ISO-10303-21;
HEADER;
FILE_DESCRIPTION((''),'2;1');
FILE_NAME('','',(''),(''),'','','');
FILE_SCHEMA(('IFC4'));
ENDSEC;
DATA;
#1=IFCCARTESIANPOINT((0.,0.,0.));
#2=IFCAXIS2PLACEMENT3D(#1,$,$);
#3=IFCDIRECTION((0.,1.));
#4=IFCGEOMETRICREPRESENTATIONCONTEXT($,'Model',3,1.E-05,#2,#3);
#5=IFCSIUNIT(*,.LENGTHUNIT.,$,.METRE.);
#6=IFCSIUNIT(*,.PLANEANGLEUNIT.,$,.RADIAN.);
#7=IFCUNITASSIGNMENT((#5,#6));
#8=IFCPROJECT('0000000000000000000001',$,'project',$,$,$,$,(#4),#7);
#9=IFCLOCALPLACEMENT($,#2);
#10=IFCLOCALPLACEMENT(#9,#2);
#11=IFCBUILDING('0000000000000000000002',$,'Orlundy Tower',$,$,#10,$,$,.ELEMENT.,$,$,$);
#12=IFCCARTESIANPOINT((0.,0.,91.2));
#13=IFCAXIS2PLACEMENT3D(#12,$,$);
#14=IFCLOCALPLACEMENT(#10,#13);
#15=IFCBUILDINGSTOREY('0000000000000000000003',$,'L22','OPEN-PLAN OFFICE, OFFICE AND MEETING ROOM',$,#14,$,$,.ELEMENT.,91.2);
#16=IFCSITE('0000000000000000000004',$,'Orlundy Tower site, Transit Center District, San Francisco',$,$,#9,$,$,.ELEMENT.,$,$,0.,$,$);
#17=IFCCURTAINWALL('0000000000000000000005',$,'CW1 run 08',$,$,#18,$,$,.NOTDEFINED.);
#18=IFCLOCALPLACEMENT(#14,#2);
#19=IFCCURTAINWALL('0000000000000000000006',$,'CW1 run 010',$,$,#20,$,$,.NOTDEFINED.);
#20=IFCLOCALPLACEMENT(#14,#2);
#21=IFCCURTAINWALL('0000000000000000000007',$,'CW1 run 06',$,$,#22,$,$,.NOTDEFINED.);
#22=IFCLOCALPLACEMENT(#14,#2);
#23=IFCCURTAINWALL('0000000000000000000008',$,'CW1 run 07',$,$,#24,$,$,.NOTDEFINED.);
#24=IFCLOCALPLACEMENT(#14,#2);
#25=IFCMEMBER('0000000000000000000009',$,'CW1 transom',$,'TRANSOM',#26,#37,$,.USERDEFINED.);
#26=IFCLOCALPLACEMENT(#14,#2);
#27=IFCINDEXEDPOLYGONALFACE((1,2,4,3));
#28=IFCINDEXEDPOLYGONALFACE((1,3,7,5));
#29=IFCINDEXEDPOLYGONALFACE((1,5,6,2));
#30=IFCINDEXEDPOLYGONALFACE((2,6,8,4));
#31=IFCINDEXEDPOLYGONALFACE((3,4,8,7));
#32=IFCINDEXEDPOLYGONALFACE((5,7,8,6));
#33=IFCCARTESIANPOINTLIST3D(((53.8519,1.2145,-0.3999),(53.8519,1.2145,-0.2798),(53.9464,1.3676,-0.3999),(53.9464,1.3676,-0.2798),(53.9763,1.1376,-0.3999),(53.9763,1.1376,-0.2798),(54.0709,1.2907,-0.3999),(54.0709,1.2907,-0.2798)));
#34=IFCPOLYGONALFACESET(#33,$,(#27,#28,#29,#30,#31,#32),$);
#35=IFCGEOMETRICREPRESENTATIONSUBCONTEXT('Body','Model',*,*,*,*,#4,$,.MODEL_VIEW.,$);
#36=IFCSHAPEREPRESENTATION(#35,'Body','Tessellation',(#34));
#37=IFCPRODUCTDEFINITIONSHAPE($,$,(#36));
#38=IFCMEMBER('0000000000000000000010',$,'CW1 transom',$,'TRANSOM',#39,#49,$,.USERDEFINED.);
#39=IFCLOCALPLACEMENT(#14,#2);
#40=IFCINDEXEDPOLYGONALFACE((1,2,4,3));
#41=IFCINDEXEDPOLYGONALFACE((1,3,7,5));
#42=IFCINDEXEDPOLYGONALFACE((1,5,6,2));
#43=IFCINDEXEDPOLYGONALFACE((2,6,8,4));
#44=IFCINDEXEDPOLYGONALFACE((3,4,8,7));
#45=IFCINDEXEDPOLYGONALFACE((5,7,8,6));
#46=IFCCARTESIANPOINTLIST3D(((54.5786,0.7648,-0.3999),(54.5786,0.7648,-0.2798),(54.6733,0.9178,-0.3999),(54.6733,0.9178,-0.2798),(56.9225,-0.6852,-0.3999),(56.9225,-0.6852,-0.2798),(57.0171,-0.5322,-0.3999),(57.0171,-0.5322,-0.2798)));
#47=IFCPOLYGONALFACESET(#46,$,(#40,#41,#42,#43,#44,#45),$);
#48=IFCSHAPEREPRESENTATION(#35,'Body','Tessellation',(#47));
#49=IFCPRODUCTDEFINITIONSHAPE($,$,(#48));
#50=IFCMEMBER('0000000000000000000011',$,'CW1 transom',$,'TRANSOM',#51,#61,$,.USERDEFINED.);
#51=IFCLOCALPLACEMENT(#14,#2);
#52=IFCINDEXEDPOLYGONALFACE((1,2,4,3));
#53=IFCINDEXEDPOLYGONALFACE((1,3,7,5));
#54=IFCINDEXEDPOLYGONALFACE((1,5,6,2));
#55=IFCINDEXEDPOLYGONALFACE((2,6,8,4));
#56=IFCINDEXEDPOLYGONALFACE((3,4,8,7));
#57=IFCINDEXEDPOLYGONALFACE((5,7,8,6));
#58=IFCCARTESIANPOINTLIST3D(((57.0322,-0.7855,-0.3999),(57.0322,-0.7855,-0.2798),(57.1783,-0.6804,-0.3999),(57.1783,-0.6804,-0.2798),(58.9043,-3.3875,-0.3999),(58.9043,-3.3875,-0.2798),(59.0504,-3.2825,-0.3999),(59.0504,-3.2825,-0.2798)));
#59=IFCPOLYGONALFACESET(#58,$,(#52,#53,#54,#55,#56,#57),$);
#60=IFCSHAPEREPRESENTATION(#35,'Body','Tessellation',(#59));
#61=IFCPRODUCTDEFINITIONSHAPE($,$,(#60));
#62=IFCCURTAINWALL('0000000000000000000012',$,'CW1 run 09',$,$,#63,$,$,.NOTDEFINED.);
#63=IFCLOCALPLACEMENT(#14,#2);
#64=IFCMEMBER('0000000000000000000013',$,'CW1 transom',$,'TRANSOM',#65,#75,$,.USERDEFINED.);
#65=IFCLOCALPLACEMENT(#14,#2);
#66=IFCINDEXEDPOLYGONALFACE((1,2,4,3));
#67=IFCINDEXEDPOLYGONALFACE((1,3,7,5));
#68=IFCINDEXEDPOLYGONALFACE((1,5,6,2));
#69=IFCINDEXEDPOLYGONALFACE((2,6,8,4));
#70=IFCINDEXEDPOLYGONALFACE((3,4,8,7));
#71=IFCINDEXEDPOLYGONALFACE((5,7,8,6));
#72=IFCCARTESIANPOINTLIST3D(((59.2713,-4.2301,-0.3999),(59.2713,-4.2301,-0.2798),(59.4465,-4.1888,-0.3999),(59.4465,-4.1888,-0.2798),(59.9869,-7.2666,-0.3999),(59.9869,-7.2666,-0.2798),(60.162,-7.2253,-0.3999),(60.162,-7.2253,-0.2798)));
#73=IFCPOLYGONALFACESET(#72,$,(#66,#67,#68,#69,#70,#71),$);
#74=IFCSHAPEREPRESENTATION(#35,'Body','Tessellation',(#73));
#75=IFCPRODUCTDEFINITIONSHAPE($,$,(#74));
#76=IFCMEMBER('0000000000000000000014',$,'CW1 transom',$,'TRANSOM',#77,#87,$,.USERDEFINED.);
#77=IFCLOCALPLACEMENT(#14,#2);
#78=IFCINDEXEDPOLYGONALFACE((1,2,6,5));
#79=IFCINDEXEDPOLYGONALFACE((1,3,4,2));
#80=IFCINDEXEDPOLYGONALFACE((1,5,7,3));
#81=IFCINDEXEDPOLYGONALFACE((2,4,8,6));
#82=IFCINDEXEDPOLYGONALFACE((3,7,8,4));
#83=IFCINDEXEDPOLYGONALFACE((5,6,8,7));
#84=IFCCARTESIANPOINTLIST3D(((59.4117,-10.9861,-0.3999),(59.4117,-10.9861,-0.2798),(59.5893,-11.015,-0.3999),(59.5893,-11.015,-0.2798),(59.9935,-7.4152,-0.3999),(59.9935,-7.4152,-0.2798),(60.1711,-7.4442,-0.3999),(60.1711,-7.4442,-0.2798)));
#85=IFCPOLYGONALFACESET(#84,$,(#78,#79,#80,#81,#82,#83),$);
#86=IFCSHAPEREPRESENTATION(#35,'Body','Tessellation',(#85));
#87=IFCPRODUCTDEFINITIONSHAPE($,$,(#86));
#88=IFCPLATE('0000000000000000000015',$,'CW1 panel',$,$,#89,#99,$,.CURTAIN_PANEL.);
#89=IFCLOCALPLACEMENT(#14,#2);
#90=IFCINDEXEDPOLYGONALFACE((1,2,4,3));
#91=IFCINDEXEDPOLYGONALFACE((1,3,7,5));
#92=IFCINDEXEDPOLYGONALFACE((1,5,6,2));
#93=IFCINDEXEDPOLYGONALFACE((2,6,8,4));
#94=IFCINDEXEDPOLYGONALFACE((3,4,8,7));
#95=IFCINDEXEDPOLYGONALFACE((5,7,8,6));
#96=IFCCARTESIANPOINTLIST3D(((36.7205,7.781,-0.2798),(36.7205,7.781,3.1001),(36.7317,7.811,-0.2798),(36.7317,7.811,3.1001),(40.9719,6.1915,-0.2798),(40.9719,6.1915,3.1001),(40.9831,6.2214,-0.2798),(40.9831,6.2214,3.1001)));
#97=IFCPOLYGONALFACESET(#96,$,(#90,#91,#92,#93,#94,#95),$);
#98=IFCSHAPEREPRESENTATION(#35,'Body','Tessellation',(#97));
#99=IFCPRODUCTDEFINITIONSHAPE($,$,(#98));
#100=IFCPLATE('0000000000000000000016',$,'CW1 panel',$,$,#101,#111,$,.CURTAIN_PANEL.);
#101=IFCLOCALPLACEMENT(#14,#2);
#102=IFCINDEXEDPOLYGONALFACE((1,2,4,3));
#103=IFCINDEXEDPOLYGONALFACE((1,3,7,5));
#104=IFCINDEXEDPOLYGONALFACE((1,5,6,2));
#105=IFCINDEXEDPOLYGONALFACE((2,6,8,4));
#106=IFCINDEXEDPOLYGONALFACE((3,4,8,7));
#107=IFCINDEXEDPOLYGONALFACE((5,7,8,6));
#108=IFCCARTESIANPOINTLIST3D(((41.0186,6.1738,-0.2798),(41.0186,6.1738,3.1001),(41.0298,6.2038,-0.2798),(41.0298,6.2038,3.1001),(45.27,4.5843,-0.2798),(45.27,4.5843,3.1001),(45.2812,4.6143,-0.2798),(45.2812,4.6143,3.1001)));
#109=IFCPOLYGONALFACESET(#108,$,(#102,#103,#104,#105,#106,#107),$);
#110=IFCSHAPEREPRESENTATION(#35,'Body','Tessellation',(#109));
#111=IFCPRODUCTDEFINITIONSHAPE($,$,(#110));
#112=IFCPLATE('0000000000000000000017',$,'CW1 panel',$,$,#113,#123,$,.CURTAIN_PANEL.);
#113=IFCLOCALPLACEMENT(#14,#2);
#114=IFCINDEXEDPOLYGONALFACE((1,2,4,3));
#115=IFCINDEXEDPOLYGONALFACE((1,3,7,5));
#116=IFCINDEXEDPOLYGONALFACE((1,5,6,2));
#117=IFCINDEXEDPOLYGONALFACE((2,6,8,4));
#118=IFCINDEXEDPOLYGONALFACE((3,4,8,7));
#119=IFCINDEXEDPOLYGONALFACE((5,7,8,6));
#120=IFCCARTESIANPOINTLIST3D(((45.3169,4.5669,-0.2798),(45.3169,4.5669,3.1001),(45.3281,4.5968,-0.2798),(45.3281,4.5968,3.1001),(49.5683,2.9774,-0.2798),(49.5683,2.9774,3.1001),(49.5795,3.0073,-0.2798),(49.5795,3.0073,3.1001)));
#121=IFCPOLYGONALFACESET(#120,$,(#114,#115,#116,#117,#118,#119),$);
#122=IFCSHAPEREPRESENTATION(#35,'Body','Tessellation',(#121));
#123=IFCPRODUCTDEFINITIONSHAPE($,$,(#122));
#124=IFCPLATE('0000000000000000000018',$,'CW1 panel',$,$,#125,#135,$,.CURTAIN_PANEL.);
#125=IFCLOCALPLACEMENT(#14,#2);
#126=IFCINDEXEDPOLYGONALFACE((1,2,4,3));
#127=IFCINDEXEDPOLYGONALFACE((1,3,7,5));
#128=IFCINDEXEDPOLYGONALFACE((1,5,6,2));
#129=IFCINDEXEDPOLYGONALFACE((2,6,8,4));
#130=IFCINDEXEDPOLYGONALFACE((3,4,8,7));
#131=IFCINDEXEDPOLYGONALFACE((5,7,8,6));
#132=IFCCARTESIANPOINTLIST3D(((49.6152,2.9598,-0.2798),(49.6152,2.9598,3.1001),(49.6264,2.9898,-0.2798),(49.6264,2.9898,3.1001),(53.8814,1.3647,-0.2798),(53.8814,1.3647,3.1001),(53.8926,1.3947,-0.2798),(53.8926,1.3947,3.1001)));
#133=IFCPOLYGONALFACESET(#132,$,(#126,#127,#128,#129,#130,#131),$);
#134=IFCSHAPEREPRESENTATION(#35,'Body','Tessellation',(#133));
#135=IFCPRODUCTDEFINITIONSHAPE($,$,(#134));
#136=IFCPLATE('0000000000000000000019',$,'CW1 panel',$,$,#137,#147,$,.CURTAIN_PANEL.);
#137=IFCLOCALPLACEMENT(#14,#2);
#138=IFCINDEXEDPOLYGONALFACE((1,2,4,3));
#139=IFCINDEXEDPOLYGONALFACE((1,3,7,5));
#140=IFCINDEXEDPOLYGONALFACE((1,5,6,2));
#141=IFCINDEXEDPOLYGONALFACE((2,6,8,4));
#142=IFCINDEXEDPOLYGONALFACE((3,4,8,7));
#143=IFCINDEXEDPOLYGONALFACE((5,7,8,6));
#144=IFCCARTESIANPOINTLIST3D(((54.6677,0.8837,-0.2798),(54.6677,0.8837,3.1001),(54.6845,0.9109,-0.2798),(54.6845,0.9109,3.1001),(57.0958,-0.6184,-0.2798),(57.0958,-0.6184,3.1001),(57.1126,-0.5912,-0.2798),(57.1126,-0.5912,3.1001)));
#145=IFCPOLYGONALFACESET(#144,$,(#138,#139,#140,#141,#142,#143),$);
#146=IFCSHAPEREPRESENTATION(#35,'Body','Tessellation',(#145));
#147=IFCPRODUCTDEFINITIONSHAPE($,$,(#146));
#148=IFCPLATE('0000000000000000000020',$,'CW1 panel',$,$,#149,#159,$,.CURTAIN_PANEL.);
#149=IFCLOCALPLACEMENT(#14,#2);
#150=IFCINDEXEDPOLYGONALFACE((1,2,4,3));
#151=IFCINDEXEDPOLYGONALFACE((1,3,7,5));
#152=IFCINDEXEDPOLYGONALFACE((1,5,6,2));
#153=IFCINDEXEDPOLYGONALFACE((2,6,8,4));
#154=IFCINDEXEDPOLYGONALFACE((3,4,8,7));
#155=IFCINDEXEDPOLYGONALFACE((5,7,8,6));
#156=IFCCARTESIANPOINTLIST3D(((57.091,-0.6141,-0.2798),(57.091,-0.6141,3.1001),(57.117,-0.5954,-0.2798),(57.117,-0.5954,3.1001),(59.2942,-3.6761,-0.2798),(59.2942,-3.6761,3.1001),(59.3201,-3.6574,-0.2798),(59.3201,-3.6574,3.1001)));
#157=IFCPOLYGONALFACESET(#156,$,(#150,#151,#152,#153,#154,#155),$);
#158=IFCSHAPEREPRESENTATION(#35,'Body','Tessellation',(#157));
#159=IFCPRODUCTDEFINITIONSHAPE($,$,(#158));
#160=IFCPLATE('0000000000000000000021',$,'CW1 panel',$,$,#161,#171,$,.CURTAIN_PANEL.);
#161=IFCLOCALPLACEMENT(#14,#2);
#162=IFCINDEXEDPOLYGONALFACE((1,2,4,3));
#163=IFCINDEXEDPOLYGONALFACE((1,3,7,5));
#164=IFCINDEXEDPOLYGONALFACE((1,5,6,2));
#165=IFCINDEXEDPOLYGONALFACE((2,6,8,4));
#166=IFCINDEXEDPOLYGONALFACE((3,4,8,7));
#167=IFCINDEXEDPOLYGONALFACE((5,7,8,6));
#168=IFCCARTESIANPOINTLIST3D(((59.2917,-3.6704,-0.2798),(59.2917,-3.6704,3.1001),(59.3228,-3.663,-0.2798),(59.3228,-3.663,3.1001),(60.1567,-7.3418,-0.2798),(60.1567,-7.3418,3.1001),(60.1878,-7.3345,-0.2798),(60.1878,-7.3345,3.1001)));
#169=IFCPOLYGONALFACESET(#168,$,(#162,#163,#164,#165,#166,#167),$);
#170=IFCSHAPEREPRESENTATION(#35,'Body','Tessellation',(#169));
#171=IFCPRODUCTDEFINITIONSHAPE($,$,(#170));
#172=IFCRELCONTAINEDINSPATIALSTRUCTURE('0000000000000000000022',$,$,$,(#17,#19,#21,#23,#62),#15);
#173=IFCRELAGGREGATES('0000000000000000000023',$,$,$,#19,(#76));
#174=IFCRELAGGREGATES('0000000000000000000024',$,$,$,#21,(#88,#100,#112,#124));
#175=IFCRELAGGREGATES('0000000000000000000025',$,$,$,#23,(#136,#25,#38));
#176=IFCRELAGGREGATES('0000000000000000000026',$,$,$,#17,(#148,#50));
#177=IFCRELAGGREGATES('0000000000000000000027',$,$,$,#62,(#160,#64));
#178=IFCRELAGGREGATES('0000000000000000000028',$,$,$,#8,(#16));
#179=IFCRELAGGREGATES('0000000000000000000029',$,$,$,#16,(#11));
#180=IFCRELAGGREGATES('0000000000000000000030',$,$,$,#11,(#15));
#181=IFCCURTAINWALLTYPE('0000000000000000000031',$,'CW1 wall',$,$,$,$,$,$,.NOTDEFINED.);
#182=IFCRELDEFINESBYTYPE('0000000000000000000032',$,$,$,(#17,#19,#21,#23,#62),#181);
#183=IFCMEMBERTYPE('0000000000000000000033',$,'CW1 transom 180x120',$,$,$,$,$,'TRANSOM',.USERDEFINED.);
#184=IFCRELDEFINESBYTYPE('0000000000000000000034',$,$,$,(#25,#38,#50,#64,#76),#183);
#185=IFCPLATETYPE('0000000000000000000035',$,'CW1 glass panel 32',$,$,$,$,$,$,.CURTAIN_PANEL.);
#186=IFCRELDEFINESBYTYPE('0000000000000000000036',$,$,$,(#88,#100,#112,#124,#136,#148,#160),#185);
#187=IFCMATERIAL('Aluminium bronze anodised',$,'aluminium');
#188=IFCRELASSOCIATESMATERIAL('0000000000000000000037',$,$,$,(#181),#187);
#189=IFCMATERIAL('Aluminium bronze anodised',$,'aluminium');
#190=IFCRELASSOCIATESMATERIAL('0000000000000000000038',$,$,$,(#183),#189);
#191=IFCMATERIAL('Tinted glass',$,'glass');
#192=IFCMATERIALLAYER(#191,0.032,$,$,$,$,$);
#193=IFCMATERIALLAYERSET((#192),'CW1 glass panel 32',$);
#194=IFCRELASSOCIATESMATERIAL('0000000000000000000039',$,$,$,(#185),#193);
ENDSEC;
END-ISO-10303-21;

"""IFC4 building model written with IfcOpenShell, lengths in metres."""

from ifc_helpers import new_model, si_unit, direction, frame, origin, origin_2d, place, context, subcontext, project, spatial, rectangle, extrude, material, layer, layer_set, material_profile, profile_set, type_object, element, aggregate, save


model = new_model("IFC4")

# Units and contexts
model_context = context("Model", 3, precision=1e-05, world=origin(), true_north=direction((0.0, 1.0)))
body_context = subcontext(model_context, "Body", "Model", "MODEL_VIEW")
ifc_project = project(units=[si_unit("LENGTHUNIT", "METRE"), si_unit("PLANEANGLEUNIT", "RADIAN")], contexts=[model_context])

# Site, building, storey
site_placement = place(None, origin())
site = spatial("IfcSite", under=ifc_project, at=site_placement, Name="Orlundy Tower site, Transit Center District, San Francisco", CompositionType="ELEMENT", RefElevation=0.0)
building_placement = place(site_placement, origin())
building = spatial("IfcBuilding", under=site, at=building_placement, Name="Orlundy Tower", CompositionType="ELEMENT")
storey_placement = place(building_placement, frame((0.0, 0.0, 91.2)))
storey = spatial("IfcBuildingStorey", under=building, at=storey_placement, Name="L22", Description="OPEN-PLAN OFFICE, OFFICE AND MEETING ROOM", CompositionType="ELEMENT", Elevation=91.2)

# Curtain walls
ifc_material_1 = material(Name="Aluminium bronze anodised", Category="aluminium")
curtain_wall_type = type_object("IfcCurtainWallType", Name="CW1 wall", PredefinedType="NOTDEFINED", material=ifc_material_1)
curtain_wall_1_placement = place(storey_placement, origin())
curtain_wall_1 = element("IfcCurtainWall", 1, at=curtain_wall_1_placement, inside=storey, type_object=curtain_wall_type, Name="CW1 run 08", PredefinedType="NOTDEFINED")
curtain_wall_2_placement = place(storey_placement, origin())
curtain_wall_2 = element("IfcCurtainWall", 2, at=curtain_wall_2_placement, inside=storey, type_object=curtain_wall_type, Name="CW1 run 010", PredefinedType="NOTDEFINED")

# Curtain wall
curtain_wall_3_placement = place(storey_placement, origin())
curtain_wall_3 = element("IfcCurtainWall", 3, at=curtain_wall_3_placement, inside=storey, type_object=curtain_wall_type, Name="CW1 run 06", PredefinedType="NOTDEFINED")

# Curtain wall
curtain_wall_4_placement = place(storey_placement, origin())
curtain_wall_4 = element("IfcCurtainWall", 4, at=curtain_wall_4_placement, inside=storey, type_object=curtain_wall_type, Name="CW1 run 07", PredefinedType="NOTDEFINED")

# Members
ifc_material_2 = material(Name="Aluminium bronze anodised", Category="aluminium")
ifc_material_profile_1 = material_profile(ifc_material_2, rectangle(XDim=0.1799, YDim=0.1201, at=origin_2d()), Name="CW1 transom 180x120")
ifc_profile_set_1 = profile_set([ifc_material_profile_1], Name="Aluminium bronze anodised")
member_type_1 = type_object("IfcMemberType", Name="CW1 transom 180x120", ElementType="TRANSOM", PredefinedType="USERDEFINED", material=ifc_profile_set_1)
member_1_placement = place(storey_placement, frame((53.8992, 1.291, -0.3398), z_axis=(0.850798, -0.525493, 0.0), x_axis=(0.525493, 0.850798, 0.0)))
member_1 = element("IfcMember", 5, at=member_1_placement, type_object=member_type_1, Name="CW1 transom", ObjectType="TRANSOM", PredefinedType="USERDEFINED", context=body_context, shape_type="SweptSolid", body=[
    extrude(rectangle(XDim=0.1799, YDim=0.1201, at=origin_2d()), origin(), (0.0, 0.0, 1.0), 0.1462),
])
member_2_placement = place(storey_placement, frame((54.626, 0.8413, -0.3398), z_axis=(0.850418, -0.526108, 0.0), x_axis=(0.526108, 0.850418, 0.0)))
member_2 = element("IfcMember", 6, at=member_2_placement, type_object=member_type_1, Name="CW1 transom", ObjectType="TRANSOM", PredefinedType="USERDEFINED", context=body_context, shape_type="SweptSolid", body=[
    extrude(rectangle(XDim=0.1799, YDim=0.1201, at=origin_2d()), origin(), (0.0, 0.0, 1.0), 2.7561),
])
member_3_placement = place(storey_placement, frame((57.1052, -0.7329, -0.3398), z_axis=(0.584016, -0.811742, 0.0), x_axis=(0.811742, 0.584016, 0.0)))
member_3 = element("IfcMember", 7, at=member_3_placement, type_object=member_type_1, Name="CW1 transom", ObjectType="TRANSOM", PredefinedType="USERDEFINED", context=body_context, shape_type="SweptSolid", body=[
    extrude(rectangle(XDim=0.1799, YDim=0.1201, at=origin_2d()), origin(), (0.0, 0.0, 1.0), 3.2056),
])

# Curtain wall, member
curtain_wall_5_placement = place(storey_placement, origin())
curtain_wall_5 = element("IfcCurtainWall", 8, at=curtain_wall_5_placement, inside=storey, type_object=curtain_wall_type, Name="CW1 run 09", PredefinedType="NOTDEFINED")
member_4_placement = place(storey_placement, frame((59.3589, -4.2095, -0.3398), z_axis=(0.229384, -0.973336, 0.0), x_axis=(0.973336, 0.229384, 0.0)))
member_4 = element("IfcMember", 9, at=member_4_placement, type_object=member_type_1, Name="CW1 transom", ObjectType="TRANSOM", PredefinedType="USERDEFINED", context=body_context, shape_type="SweptSolid", body=[
    extrude(rectangle(XDim=0.1799, YDim=0.1201, at=origin_2d()), origin(), (0.0, 0.0, 1.0), 3.1196),
])

# Member
member_5_placement = place(storey_placement, frame((60.0823, -7.4297, -0.3398), z_axis=(-0.160809, -0.986986, 0.0), x_axis=(0.986986, -0.160809, 0.0)))
member_5 = element("IfcMember", 10, at=member_5_placement, type_object=member_type_1, Name="CW1 transom", ObjectType="TRANSOM", PredefinedType="USERDEFINED", context=body_context, shape_type="SweptSolid", body=[
    extrude(rectangle(XDim=0.1799, YDim=0.1201, at=origin_2d()), origin(), (0.0, 0.0, 1.0), 3.6179),
])
aggregate(curtain_wall_2, [member_5])

# Plates
ifc_material_3 = material(Name="Tinted glass", Category="glass")
ifc_layer = layer(ifc_material_3, 0.032)
ifc_layer_set = layer_set([ifc_layer], Name="CW1 glass panel 32")
plate_type = type_object("IfcPlateType", Name="CW1 glass panel 32", PredefinedType="CURTAIN_PANEL", material=ifc_layer_set)
plate_1_placement = place(storey_placement, frame((38.8518, 7.0012, -0.2798), z_axis=(0.0, 0.0, 1.0), x_axis=(0.936674, -0.350204, 0.0)))
plate_1 = element("IfcPlate", 11, at=plate_1_placement, type_object=plate_type, Name="CW1 panel", PredefinedType="CURTAIN_PANEL", context=body_context, shape_type="SweptSolid", body=[
    extrude(rectangle(XDim=4.5388, YDim=0.032, at=origin_2d()), origin(), (0.0, 0.0, 1.0), 3.3799),
])
plate_2_placement = place(storey_placement, frame((43.1499, 5.394, -0.2798), z_axis=(0.0, 0.0, 1.0), x_axis=(0.936674, -0.350204, 0.0)))
plate_2 = element("IfcPlate", 12, at=plate_2_placement, type_object=plate_type, Name="CW1 panel", PredefinedType="CURTAIN_PANEL", context=body_context, shape_type="SweptSolid", body=[
    extrude(rectangle(XDim=4.5388, YDim=0.032, at=origin_2d()), origin(), (0.0, 0.0, 1.0), 3.3799),
])
plate_3_placement = place(storey_placement, frame((47.4482, 3.7871, -0.2798), z_axis=(0.0, 0.0, 1.0), x_axis=(0.936674, -0.350204, 0.0)))
plate_3 = element("IfcPlate", 13, at=plate_3_placement, type_object=plate_type, Name="CW1 panel", PredefinedType="CURTAIN_PANEL", context=body_context, shape_type="SweptSolid", body=[
    extrude(rectangle(XDim=4.5388, YDim=0.032, at=origin_2d()), origin(), (0.0, 0.0, 1.0), 3.3799),
])
plate_4_placement = place(storey_placement, frame((51.7539, 2.1772, -0.2798), z_axis=(0.0, 0.0, 1.0), x_axis=(0.936674, -0.350204, 0.0)))
plate_4 = element("IfcPlate", 14, at=plate_4_placement, type_object=plate_type, Name="CW1 panel", PredefinedType="CURTAIN_PANEL", context=body_context, shape_type="SweptSolid", body=[
    extrude(rectangle(XDim=4.5547, YDim=0.032, at=origin_2d()), origin(), (0.0, 0.0, 1.0), 3.3799),
])
aggregate(curtain_wall_3, [plate_1, plate_2, plate_3, plate_4])
plate_5_placement = place(storey_placement, frame((55.8901, 0.1462, -0.2798), z_axis=(0.0, 0.0, 1.0), x_axis=(0.850415, -0.526113, 0.0)))
plate_5 = element("IfcPlate", 15, at=plate_5_placement, type_object=plate_type, Name="CW1 panel", PredefinedType="CURTAIN_PANEL", context=body_context, shape_type="SweptSolid", body=[
    extrude(rectangle(XDim=2.8552, YDim=0.032, at=origin_2d()), origin(), (0.0, 0.0, 1.0), 3.3799),
])
aggregate(curtain_wall_4, [plate_5, member_1, member_2])
plate_6_placement = place(storey_placement, frame((58.2056, -2.1357, -0.2798), z_axis=(0.0, 0.0, 1.0), x_axis=(0.584042, -0.811724, 0.0)))
plate_6 = element("IfcPlate", 16, at=plate_6_placement, type_object=plate_type, Name="CW1 panel", PredefinedType="CURTAIN_PANEL", context=body_context, shape_type="SweptSolid", body=[
    extrude(rectangle(XDim=3.7722, YDim=0.032, at=origin_2d()), origin(), (0.0, 0.0, 1.0), 3.3799),
])
aggregate(curtain_wall_1, [plate_6, member_3])
plate_7_placement = place(storey_placement, frame((59.7397, -5.5024, -0.2798), z_axis=(0.0, 0.0, 1.0), x_axis=(0.22931, -0.973353, 0.0)))
plate_7 = element("IfcPlate", 17, at=plate_7_placement, type_object=plate_type, Name="CW1 panel", PredefinedType="CURTAIN_PANEL", context=body_context, shape_type="SweptSolid", body=[
    extrude(rectangle(XDim=3.772, YDim=0.032, at=origin_2d()), origin(), (0.0, 0.0, 1.0), 3.3799),
])
aggregate(curtain_wall_5, [plate_7, member_4])

save(model, "model.ifc")
